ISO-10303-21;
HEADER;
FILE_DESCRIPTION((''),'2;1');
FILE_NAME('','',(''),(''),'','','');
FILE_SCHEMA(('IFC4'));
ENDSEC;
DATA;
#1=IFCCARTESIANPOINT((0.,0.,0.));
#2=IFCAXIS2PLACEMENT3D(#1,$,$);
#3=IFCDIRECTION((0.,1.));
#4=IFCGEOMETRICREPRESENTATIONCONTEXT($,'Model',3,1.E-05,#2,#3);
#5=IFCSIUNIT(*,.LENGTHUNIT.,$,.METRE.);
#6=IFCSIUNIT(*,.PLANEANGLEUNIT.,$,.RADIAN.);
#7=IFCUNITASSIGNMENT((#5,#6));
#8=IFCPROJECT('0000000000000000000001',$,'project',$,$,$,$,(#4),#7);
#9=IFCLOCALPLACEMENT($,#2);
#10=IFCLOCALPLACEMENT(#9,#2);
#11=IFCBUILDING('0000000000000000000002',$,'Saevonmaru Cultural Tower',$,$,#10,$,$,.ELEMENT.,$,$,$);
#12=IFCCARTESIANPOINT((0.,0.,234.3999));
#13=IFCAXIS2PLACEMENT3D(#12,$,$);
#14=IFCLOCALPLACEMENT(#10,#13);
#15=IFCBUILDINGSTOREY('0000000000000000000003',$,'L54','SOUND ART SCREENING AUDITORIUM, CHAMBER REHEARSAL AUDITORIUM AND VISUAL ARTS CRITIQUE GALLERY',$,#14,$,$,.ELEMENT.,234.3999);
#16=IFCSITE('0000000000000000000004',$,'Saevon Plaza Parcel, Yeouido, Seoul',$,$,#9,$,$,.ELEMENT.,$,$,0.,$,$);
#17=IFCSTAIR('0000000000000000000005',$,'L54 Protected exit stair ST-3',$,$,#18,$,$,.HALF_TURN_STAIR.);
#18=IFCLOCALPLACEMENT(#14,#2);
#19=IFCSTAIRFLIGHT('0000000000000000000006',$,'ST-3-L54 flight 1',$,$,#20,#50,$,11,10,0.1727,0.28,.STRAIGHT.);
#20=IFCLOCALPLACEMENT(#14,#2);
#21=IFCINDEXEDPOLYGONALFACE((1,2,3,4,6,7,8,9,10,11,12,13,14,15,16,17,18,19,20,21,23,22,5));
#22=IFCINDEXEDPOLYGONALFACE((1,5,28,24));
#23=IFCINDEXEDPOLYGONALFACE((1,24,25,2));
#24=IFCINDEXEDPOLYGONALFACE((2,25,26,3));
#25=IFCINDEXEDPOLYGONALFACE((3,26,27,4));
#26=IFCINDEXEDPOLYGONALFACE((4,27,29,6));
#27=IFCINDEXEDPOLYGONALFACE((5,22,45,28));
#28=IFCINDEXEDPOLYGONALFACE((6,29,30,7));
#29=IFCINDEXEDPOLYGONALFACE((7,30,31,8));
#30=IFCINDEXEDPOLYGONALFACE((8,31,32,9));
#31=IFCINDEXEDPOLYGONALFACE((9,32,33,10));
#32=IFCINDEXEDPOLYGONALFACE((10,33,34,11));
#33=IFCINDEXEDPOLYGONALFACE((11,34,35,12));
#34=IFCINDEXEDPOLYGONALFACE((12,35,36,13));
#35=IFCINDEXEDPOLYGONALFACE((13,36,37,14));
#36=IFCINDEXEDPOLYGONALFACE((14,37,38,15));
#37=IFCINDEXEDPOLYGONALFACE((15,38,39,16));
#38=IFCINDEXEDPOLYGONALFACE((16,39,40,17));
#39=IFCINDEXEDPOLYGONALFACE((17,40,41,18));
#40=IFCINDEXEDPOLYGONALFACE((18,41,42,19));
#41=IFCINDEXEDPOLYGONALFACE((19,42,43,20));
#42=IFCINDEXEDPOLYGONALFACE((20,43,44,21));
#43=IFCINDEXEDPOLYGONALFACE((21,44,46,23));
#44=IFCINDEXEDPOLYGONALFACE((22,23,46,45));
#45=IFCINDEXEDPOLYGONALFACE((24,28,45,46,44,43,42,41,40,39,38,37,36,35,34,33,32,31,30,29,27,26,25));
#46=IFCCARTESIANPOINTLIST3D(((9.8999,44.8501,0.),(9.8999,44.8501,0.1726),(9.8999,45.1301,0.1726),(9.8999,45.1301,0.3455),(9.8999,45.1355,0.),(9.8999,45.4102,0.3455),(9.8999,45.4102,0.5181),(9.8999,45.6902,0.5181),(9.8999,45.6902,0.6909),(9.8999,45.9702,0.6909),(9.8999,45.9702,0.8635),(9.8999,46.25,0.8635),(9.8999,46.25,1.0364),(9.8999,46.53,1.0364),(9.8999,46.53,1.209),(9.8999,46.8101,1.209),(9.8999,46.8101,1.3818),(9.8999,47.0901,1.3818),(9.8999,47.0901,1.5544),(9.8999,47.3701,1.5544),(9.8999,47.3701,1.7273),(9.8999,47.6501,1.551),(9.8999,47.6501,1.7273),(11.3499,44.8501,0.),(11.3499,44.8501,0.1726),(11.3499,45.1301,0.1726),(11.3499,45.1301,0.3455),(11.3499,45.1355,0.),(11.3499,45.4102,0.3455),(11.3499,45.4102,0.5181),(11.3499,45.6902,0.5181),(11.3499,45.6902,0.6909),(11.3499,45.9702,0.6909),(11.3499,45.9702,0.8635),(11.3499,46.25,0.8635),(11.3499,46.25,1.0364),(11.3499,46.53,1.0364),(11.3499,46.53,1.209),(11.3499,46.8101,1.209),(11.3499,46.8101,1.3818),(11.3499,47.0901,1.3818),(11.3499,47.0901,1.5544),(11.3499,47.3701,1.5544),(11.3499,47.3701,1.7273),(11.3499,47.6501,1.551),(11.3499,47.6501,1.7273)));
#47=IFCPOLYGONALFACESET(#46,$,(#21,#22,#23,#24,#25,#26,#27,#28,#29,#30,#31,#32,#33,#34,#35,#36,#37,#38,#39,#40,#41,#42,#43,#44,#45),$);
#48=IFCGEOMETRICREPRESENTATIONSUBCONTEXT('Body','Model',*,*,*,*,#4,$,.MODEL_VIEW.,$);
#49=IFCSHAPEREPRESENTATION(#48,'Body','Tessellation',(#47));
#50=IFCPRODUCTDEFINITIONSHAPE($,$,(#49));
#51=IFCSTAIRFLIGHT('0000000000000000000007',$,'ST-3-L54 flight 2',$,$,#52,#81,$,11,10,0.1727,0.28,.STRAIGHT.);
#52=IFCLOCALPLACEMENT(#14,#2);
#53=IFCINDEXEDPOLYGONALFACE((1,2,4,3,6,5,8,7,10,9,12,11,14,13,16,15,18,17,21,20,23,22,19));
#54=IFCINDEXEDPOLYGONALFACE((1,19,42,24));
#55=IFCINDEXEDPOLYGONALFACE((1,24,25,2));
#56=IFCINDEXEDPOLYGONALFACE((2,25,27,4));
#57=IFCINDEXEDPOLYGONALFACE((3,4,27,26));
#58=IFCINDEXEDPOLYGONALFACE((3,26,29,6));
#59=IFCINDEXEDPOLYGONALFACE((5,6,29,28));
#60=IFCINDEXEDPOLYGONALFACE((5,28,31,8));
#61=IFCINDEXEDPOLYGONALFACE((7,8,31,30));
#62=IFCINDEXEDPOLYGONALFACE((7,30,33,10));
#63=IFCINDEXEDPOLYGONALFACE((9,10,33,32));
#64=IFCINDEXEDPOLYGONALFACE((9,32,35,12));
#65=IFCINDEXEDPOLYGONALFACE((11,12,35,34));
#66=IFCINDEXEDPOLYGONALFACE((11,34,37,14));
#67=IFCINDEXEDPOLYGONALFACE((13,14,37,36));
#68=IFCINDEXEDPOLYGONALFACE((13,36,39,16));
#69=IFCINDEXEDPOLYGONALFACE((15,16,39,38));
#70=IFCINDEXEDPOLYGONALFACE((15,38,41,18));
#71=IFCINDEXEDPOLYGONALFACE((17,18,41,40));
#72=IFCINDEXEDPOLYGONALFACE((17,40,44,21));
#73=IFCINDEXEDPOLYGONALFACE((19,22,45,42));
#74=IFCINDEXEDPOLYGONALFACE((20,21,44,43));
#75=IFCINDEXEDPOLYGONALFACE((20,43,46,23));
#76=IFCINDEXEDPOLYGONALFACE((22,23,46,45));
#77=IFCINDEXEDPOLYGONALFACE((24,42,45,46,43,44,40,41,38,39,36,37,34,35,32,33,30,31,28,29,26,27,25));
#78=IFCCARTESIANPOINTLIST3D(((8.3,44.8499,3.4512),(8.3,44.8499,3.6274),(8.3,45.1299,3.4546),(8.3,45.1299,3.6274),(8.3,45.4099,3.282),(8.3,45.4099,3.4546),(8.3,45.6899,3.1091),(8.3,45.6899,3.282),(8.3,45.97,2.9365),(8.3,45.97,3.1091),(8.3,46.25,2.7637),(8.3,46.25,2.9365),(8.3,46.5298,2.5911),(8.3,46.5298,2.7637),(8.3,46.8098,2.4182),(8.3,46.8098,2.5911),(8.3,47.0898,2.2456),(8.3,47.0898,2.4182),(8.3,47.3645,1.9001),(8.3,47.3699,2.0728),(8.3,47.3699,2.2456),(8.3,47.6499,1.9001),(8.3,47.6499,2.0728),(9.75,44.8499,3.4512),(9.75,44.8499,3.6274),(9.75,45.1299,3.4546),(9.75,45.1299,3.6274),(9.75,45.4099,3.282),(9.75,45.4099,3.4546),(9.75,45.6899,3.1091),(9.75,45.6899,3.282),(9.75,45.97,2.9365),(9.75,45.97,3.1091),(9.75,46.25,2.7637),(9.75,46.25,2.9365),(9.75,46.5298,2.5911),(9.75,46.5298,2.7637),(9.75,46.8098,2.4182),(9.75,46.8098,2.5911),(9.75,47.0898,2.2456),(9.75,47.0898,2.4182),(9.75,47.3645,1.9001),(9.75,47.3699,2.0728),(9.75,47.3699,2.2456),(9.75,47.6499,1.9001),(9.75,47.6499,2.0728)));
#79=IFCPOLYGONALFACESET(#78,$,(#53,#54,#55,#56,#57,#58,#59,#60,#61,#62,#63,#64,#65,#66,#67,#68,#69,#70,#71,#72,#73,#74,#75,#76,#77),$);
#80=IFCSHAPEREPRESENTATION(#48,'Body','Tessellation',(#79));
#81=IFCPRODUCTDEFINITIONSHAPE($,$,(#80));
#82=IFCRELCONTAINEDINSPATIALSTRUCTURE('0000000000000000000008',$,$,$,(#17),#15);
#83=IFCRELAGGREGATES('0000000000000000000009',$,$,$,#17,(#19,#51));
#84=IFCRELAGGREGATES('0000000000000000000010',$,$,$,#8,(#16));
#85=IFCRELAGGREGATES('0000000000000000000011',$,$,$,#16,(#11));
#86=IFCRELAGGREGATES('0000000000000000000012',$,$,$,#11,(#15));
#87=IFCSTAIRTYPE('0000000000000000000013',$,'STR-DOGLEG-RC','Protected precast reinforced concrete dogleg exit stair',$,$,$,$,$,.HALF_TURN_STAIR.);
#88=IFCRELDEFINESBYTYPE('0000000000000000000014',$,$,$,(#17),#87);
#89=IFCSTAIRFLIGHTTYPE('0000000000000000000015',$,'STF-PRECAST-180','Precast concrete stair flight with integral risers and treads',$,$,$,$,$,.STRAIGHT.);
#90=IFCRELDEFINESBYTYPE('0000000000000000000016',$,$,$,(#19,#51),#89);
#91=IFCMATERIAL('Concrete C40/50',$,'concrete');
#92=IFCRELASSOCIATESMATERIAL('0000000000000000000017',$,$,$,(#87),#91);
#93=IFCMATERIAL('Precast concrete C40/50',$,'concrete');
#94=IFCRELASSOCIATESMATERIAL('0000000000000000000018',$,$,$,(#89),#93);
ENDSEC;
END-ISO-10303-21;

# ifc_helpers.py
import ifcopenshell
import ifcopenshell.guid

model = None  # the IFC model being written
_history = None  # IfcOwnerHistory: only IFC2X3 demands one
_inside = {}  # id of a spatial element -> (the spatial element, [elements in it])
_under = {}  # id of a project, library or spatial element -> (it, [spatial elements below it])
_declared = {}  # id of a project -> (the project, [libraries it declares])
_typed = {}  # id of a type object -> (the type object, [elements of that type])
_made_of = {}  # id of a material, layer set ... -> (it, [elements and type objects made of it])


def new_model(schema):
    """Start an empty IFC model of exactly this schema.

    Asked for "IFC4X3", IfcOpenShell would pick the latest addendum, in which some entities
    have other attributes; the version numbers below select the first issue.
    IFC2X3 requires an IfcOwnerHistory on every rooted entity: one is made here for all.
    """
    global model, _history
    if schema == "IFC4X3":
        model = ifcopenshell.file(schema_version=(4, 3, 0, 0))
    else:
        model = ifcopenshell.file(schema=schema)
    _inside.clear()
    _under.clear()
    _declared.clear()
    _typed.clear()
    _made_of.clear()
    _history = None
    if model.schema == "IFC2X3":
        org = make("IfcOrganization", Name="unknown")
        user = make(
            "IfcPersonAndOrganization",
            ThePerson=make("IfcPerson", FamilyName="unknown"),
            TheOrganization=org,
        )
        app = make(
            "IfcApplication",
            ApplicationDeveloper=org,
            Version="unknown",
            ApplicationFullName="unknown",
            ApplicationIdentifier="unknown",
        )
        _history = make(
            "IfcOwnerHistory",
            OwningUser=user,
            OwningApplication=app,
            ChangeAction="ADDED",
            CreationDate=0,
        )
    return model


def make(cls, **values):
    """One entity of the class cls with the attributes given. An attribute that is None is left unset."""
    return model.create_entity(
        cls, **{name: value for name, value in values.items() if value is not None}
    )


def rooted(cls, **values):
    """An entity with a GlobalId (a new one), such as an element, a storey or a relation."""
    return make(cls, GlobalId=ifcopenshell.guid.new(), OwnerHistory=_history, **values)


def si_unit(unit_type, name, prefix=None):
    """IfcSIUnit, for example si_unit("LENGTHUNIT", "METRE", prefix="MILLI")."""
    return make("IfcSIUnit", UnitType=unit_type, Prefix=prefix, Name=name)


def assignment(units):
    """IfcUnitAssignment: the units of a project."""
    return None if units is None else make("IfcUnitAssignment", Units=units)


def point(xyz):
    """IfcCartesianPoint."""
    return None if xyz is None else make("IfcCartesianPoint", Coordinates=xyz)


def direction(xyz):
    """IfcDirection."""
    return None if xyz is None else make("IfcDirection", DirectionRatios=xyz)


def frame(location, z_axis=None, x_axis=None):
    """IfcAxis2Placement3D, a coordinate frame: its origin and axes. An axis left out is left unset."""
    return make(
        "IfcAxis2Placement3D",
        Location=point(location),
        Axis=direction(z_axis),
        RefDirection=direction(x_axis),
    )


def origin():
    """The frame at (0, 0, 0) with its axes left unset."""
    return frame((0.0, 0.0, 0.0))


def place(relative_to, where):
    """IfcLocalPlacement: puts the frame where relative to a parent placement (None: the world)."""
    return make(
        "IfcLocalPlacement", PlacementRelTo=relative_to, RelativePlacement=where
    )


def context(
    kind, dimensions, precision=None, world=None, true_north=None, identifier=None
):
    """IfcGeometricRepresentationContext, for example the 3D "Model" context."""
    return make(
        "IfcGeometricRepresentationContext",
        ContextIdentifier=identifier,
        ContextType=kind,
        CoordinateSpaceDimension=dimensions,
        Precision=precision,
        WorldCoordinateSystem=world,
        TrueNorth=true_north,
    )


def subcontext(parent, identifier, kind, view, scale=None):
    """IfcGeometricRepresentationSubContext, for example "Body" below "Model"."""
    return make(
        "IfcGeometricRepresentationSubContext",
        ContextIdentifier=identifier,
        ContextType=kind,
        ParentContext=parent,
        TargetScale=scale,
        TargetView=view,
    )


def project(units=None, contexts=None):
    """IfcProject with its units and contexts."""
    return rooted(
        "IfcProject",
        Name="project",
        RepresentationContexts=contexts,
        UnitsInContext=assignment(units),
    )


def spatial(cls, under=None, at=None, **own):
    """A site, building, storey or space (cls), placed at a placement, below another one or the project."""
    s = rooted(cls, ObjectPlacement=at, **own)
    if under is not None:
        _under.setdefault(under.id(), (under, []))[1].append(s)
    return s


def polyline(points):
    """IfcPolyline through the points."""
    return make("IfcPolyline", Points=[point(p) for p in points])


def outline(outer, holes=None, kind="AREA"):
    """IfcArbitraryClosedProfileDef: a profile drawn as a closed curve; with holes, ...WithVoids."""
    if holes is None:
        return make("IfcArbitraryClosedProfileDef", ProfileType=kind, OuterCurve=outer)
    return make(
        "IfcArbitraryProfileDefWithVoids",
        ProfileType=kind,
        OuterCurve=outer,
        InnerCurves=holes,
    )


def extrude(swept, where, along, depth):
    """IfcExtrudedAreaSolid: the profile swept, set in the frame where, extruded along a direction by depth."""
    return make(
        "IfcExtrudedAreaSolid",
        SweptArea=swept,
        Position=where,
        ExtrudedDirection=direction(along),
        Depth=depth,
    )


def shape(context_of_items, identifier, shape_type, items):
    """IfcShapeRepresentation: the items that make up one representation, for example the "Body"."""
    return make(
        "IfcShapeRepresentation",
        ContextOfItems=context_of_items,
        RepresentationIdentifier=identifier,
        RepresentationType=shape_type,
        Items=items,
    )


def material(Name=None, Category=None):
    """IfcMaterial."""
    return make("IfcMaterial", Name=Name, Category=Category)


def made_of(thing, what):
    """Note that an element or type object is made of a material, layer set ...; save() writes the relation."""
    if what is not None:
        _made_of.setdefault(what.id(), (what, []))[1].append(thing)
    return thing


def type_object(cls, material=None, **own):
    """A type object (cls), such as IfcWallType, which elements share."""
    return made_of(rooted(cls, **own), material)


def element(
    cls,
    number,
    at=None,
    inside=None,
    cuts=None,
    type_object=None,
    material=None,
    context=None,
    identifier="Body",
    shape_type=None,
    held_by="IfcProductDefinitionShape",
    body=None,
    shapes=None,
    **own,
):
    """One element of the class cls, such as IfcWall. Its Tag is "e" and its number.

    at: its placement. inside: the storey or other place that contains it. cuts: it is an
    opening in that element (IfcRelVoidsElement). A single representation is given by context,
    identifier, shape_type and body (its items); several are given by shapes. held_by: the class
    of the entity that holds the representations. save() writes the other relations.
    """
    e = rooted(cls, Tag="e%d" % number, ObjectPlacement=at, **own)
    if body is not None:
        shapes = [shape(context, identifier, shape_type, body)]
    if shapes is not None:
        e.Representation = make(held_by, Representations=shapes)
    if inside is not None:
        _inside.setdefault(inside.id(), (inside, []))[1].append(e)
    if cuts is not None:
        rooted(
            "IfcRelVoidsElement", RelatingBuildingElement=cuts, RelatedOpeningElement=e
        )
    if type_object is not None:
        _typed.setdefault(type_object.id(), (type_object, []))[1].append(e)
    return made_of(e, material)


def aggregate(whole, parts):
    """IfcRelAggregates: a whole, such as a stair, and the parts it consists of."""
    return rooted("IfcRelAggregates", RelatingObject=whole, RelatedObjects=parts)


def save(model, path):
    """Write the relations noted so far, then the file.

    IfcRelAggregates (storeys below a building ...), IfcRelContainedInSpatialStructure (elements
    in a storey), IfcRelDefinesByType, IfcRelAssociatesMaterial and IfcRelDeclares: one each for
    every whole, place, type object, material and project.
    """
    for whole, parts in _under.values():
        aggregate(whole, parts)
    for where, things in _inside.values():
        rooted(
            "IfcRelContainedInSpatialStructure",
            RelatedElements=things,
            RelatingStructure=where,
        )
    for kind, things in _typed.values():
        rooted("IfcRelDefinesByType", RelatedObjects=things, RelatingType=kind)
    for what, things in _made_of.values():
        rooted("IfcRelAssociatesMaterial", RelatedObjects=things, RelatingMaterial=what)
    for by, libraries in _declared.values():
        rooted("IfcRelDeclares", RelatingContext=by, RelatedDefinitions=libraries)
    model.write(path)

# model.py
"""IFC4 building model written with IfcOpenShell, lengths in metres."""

from ifc_helpers import new_model, si_unit, direction, frame, origin, place, context, subcontext, project, spatial, polyline, outline, extrude, material, type_object, element, aggregate, save


model = new_model("IFC4")

# Units and contexts
model_context = context("Model", 3, precision=1e-05, world=origin(), true_north=direction((0.0, 1.0)))
body_context = subcontext(model_context, "Body", "Model", "MODEL_VIEW")
ifc_project = project(units=[si_unit("LENGTHUNIT", "METRE"), si_unit("PLANEANGLEUNIT", "RADIAN")], contexts=[model_context])

# Site, building, storey
site_placement = place(None, origin())
site = spatial("IfcSite", under=ifc_project, at=site_placement, Name="Saevon Plaza Parcel, Yeouido, Seoul", CompositionType="ELEMENT", RefElevation=0.0)
building_placement = place(site_placement, origin())
building = spatial("IfcBuilding", under=site, at=building_placement, Name="Saevonmaru Cultural Tower", CompositionType="ELEMENT")
storey_placement = place(building_placement, frame((0.0, 0.0, 234.3999)))
storey = spatial("IfcBuildingStorey", under=building, at=storey_placement, Name="L54", Description="SOUND ART SCREENING AUDITORIUM, CHAMBER REHEARSAL AUDITORIUM AND VISUAL ARTS CRITIQUE GALLERY", CompositionType="ELEMENT", Elevation=234.3999)

# Shared definitions
ifc_material_1 = material(Name="Concrete C40/50", Category="concrete")

# Stair, stair flights
stair_type = type_object("IfcStairType", Name="STR-DOGLEG-RC", Description="Protected precast reinforced concrete dogleg exit stair", PredefinedType="HALF_TURN_STAIR", material=ifc_material_1)
stair_placement = place(storey_placement, origin())
stair = element("IfcStair", 1, at=stair_placement, inside=storey, type_object=stair_type, Name="L54 Protected exit stair ST-3", PredefinedType="HALF_TURN_STAIR")
ifc_material_2 = material(Name="Precast concrete C40/50", Category="concrete")
stair_flight_type = type_object("IfcStairFlightType", Name="STF-PRECAST-180", Description="Precast concrete stair flight with integral risers and treads", PredefinedType="STRAIGHT", material=ifc_material_2)
stair_flight_1_placement = place(storey_placement, frame((10.625, 44.8501, 0.0), z_axis=(0.0, 0.0, 1.0), x_axis=(0.0, 1.0, 0.0)))
stair_flight_1 = element("IfcStairFlight", 2, at=stair_flight_1_placement, type_object=stair_flight_type, Name="ST-3-L54 flight 1", NumberOfRisers=11, NumberOfTreads=10, PredefinedType="STRAIGHT", RiserHeight=0.1727, TreadLength=0.28, context=body_context, shape_type="SweptSolid", body=[
    extrude(outline(polyline([(0.0, 0.0), (0.0, 0.1726), (0.28, 0.1726), (0.28, 0.3455), (0.5601, 0.3455), (0.5601, 0.5181), (0.8401, 0.5181), (0.8401, 0.6909), (1.1201, 0.6909), (1.1201, 0.8635), (1.3999, 0.8635), (1.3999, 1.0364), (1.6799, 1.0364), (1.6799, 1.209), (1.96, 1.209), (1.96, 1.3818), (2.24, 1.3818), (2.24, 1.5544), (2.52, 1.5544), (2.52, 1.7273), (2.8, 1.7273), (2.8, 1.8999), (2.8, 1.551), (0.2854, 0.0), (0.0, 0.0)])), frame((0.0, 0.7251, 0.0), z_axis=(0.0, -1.0, 0.0), x_axis=(1.0, 0.0, 0.0)), (0.0, 0.0, 1.0), 1.45),
])
stair_flight_2_placement = place(storey_placement, frame((9.0249, 47.6499, 1.9001), z_axis=(0.0, 0.0, 1.0), x_axis=(0.0, -1.0, 0.0)))
stair_flight_2 = element("IfcStairFlight", 3, at=stair_flight_2_placement, type_object=stair_flight_type, Name="ST-3-L54 flight 2", NumberOfRisers=11, NumberOfTreads=10, PredefinedType="STRAIGHT", RiserHeight=0.1727, TreadLength=0.28, context=body_context, shape_type="SweptSolid", body=[
    extrude(outline(polyline([(0.0, 0.0), (0.0, 0.1726), (0.28, 0.1726), (0.28, 0.3455), (0.5601, 0.3455), (0.5601, 0.5181), (0.8401, 0.5181), (0.8401, 0.6909), (1.1201, 0.6909), (1.1201, 0.8635), (1.3999, 0.8635), (1.3999, 1.0364), (1.6799, 1.0364), (1.6799, 1.209), (1.96, 1.209), (1.96, 1.3818), (2.24, 1.3818), (2.24, 1.5544), (2.52, 1.5544), (2.52, 1.7273), (2.8, 1.7273), (2.8, 1.8999), (2.8, 1.551), (0.2854, 0.0), (0.0, 0.0)])), frame((0.0, 0.7251, 0.0), z_axis=(0.0, -1.0, 0.0), x_axis=(1.0, 0.0, 0.0)), (0.0, 0.0, 1.0), 1.45),
])
aggregate(stair, [stair_flight_1, stair_flight_2])

save(model, "model.ifc")
